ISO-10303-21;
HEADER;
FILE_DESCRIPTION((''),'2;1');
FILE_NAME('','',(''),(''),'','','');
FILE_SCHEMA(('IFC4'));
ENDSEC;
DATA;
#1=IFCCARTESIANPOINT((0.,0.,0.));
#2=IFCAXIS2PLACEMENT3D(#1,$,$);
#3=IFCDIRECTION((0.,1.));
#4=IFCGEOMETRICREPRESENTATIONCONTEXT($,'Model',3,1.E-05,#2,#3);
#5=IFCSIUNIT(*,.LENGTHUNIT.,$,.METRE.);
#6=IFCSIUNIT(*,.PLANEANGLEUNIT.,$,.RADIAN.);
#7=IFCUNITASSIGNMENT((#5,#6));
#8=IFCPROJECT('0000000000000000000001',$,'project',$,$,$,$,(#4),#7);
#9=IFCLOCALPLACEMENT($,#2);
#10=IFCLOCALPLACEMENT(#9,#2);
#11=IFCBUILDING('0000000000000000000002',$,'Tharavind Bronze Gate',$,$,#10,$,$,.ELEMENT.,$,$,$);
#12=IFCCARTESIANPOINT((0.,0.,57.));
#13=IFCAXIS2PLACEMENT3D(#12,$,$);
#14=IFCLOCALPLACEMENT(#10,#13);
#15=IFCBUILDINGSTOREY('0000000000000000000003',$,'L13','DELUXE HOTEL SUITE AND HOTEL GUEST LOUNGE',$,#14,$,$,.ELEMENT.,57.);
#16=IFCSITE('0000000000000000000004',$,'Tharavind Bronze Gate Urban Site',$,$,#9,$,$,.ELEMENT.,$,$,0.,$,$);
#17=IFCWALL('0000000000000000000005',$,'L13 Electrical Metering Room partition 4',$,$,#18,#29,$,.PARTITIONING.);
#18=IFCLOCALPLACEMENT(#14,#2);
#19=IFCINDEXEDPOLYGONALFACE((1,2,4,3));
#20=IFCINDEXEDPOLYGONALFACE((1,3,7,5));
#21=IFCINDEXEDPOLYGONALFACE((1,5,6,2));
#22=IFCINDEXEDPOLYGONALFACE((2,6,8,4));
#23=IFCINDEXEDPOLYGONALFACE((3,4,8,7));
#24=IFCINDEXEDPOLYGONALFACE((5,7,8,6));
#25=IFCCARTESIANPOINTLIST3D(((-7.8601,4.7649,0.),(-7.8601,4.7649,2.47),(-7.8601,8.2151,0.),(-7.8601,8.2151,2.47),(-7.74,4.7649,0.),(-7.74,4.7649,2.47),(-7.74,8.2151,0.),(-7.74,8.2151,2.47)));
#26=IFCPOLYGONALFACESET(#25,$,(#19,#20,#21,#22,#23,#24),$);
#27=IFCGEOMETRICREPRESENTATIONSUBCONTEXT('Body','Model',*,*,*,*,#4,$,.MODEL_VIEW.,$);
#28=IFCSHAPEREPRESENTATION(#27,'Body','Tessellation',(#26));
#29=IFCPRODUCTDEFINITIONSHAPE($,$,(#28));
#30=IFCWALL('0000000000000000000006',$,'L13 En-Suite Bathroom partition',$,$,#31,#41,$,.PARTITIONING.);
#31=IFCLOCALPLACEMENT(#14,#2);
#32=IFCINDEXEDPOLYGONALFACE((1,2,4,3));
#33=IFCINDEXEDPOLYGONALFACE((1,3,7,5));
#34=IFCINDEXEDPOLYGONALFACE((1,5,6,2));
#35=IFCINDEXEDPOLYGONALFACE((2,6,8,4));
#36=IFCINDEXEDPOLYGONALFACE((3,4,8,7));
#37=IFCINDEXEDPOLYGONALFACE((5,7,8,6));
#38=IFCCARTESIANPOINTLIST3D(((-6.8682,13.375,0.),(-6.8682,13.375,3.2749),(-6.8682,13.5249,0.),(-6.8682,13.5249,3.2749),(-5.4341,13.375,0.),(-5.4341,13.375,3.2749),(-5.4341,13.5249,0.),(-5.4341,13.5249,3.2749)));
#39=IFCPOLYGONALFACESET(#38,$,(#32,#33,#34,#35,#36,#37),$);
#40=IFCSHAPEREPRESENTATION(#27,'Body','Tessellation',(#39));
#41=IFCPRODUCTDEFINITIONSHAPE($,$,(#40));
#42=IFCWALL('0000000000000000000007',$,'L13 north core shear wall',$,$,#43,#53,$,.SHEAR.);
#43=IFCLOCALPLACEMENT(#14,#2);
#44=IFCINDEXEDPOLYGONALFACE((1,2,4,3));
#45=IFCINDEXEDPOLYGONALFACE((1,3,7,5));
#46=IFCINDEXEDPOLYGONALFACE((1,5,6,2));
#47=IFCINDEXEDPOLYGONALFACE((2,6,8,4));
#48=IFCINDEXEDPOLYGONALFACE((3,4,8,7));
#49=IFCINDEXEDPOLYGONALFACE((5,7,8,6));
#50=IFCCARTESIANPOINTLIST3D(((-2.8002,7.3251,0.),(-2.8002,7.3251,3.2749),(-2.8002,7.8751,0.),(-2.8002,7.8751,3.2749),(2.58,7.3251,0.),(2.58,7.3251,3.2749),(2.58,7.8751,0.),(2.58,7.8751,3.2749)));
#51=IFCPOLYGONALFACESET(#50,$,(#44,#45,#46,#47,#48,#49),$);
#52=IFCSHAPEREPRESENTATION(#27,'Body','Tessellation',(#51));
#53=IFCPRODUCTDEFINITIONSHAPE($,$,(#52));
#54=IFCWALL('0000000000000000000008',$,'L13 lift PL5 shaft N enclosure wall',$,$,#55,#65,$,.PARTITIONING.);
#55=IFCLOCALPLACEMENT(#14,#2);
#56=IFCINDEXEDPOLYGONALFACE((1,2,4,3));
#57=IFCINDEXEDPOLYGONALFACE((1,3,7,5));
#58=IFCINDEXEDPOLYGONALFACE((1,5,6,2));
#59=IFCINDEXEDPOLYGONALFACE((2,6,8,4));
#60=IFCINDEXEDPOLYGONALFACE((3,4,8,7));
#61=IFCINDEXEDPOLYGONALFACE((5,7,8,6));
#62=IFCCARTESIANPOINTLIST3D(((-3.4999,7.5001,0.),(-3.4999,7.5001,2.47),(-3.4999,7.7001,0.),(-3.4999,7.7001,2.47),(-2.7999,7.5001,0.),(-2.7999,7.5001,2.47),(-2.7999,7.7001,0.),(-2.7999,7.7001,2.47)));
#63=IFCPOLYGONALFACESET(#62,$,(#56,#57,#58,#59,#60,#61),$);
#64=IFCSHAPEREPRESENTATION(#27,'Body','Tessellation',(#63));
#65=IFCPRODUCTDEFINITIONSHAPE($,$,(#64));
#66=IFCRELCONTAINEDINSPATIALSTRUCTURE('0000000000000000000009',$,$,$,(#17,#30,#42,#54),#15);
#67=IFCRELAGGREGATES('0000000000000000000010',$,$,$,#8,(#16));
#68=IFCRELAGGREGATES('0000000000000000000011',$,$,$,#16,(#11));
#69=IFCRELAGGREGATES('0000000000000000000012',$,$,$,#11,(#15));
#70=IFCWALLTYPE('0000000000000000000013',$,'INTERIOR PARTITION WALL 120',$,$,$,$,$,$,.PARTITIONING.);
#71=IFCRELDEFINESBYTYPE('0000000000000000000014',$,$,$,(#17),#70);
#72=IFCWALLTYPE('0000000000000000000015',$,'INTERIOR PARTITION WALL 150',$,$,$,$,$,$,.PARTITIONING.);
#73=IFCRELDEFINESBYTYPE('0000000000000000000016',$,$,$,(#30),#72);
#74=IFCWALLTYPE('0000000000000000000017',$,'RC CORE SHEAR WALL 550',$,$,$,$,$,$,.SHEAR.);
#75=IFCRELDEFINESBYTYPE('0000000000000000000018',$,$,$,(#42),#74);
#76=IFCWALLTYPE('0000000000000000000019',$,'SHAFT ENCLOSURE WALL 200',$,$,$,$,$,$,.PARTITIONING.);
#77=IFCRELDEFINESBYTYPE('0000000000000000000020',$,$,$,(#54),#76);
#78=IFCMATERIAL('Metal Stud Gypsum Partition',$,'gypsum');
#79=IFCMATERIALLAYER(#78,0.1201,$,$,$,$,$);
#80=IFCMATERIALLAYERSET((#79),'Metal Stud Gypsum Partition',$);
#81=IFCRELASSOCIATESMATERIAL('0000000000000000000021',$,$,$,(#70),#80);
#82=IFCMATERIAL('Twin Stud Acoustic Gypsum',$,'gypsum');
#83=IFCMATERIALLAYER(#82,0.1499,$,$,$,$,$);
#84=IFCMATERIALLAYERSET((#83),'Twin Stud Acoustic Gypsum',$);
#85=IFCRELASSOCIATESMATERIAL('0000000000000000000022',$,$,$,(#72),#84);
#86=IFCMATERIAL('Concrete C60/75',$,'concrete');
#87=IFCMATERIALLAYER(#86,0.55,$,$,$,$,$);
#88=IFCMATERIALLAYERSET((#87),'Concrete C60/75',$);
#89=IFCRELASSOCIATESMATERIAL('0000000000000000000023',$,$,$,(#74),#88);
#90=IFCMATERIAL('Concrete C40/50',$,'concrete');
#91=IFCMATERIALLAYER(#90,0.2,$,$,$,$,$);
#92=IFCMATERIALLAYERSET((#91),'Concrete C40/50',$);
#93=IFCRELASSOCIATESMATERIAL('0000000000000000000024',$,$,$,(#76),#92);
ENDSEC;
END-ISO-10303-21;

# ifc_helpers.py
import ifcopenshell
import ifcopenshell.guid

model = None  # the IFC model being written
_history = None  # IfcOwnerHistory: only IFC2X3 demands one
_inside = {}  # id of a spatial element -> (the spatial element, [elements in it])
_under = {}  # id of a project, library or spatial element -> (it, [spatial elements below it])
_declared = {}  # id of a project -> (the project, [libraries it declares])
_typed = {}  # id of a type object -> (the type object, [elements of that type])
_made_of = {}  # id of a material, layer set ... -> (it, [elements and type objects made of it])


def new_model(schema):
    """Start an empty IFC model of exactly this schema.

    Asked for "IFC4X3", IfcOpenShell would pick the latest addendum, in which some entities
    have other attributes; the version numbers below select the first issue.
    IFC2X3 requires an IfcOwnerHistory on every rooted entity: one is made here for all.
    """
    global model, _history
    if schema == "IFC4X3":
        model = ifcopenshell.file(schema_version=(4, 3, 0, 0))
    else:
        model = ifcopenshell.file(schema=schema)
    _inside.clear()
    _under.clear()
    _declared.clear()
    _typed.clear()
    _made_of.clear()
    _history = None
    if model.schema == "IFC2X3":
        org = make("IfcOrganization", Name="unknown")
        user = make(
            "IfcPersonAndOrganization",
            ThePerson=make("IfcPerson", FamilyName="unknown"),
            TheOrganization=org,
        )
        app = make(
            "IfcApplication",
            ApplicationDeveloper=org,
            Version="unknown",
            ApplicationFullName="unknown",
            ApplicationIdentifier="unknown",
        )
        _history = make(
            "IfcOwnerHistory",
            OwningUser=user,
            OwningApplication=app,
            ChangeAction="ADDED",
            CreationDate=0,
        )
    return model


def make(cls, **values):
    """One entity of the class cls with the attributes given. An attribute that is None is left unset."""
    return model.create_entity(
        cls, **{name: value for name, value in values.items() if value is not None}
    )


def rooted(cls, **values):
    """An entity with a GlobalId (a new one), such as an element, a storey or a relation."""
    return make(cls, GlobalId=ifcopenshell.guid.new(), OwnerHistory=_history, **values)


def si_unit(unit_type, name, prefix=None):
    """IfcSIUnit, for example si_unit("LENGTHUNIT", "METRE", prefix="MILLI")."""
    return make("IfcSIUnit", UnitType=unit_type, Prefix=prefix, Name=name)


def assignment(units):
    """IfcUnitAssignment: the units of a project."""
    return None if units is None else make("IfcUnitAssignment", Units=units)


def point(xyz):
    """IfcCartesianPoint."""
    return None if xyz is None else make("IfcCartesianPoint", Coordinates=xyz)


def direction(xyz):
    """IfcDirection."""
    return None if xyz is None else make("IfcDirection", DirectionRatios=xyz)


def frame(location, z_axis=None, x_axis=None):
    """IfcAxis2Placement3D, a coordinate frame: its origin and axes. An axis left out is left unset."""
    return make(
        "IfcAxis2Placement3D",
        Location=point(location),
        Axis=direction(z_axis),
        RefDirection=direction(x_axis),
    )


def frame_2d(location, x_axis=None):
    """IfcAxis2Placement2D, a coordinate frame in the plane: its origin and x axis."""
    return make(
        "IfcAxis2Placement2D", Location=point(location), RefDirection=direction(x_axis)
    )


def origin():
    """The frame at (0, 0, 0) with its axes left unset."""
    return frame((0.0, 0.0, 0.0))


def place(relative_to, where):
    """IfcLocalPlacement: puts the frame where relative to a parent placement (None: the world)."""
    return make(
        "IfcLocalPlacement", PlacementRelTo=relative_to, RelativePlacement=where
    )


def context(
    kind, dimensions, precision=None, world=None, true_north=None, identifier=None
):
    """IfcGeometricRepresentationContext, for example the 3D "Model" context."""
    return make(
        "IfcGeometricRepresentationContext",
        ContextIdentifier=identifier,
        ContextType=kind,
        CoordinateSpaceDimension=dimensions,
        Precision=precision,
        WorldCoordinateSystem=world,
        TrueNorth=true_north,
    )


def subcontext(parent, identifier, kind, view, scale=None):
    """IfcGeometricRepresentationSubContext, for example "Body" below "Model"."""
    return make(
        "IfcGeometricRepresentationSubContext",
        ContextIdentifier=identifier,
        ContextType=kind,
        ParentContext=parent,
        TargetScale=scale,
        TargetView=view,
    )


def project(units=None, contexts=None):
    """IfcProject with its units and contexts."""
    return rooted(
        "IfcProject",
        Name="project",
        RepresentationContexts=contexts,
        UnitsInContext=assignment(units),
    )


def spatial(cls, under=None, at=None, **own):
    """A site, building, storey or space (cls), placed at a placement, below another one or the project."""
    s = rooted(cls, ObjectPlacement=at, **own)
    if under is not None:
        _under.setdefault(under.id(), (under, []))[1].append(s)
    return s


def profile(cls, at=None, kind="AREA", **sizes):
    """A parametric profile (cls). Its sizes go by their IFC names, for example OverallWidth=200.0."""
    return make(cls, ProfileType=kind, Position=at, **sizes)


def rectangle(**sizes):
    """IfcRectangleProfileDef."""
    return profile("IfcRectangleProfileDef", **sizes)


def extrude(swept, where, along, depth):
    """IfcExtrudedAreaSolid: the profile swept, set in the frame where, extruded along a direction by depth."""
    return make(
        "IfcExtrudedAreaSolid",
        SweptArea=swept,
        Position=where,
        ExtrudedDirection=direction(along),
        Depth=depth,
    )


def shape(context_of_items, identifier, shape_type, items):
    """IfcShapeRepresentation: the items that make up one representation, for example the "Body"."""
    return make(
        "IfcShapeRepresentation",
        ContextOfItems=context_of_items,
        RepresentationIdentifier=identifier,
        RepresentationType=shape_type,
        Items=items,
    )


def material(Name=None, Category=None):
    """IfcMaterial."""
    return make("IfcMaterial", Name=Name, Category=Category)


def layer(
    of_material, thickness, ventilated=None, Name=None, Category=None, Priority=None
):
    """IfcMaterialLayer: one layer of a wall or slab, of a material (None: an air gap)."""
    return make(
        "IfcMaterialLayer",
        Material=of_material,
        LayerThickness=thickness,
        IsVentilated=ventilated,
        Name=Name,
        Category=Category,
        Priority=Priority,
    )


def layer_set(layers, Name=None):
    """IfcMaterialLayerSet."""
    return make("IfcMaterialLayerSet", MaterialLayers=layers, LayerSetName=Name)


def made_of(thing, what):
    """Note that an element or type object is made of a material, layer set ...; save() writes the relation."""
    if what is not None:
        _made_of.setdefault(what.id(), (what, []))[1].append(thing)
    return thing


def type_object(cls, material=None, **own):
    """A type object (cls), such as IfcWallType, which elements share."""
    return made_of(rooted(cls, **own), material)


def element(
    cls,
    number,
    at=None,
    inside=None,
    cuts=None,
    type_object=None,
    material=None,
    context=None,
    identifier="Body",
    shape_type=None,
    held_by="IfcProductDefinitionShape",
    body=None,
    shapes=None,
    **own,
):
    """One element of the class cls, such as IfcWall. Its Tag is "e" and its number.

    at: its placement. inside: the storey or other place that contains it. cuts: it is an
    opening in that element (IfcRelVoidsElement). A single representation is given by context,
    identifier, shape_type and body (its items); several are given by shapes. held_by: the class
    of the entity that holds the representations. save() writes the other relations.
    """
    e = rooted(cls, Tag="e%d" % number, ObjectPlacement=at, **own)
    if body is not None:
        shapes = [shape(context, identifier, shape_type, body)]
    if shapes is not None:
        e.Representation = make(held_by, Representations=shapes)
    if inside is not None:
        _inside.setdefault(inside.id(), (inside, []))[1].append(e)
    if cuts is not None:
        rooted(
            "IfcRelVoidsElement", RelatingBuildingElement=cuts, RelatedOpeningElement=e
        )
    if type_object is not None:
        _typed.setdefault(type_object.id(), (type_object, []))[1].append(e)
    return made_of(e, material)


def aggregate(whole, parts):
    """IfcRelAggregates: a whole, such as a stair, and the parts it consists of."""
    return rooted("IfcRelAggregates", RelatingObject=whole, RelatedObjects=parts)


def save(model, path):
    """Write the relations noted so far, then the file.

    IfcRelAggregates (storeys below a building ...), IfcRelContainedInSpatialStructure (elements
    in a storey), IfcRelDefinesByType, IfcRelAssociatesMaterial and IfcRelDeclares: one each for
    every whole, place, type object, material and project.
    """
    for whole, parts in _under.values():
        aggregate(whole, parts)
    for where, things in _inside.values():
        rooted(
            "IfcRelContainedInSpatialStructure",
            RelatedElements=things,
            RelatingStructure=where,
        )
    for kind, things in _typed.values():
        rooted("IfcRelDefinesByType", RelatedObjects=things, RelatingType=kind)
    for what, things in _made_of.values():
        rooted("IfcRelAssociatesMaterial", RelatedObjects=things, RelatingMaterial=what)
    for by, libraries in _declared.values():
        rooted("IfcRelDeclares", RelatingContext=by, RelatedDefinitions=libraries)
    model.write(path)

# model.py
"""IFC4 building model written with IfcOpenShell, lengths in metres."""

from ifc_helpers import new_model, si_unit, direction, frame, frame_2d, origin, place, context, subcontext, project, spatial, rectangle, extrude, material, layer, layer_set, type_object, element, save


model = new_model("IFC4")

# Units and contexts
model_context = context("Model", 3, precision=1e-05, world=origin(), true_north=direction((0.0, 1.0)))
body_context = subcontext(model_context, "Body", "Model", "MODEL_VIEW")
ifc_project = project(units=[si_unit("LENGTHUNIT", "METRE"), si_unit("PLANEANGLEUNIT", "RADIAN")], contexts=[model_context])

# Site, building, storey
site_placement = place(None, origin())
site = spatial("IfcSite", under=ifc_project, at=site_placement, Name="Tharavind Bronze Gate Urban Site", CompositionType="ELEMENT", RefElevation=0.0)
building_placement = place(site_placement, origin())
building = spatial("IfcBuilding", under=site, at=building_placement, Name="Tharavind Bronze Gate", CompositionType="ELEMENT")
storey_placement = place(building_placement, frame((0.0, 0.0, 57.0)))
storey = spatial("IfcBuildingStorey", under=building, at=storey_placement, Name="L13", Description="DELUXE HOTEL SUITE AND HOTEL GUEST LOUNGE", CompositionType="ELEMENT", Elevation=57.0)

# Walls
ifc_material_1 = material(Name="Metal Stud Gypsum Partition", Category="gypsum")
ifc_layer_1 = layer(ifc_material_1, 0.1201)
ifc_layer_set_1 = layer_set([ifc_layer_1], Name="Metal Stud Gypsum Partition")
wall_type_1 = type_object("IfcWallType", Name="INTERIOR PARTITION WALL 120", PredefinedType="PARTITIONING", material=ifc_layer_set_1)
wall_1_placement = place(storey_placement, frame((-7.8, 8.2151, 0.0), z_axis=(0.0, 0.0, 1.0), x_axis=(0.0, -1.0, 0.0)))
element("IfcWall", 1, at=wall_1_placement, inside=storey, type_object=wall_type_1, Name="L13 Electrical Metering Room partition 4", PredefinedType="PARTITIONING", context=body_context, shape_type="SweptSolid", body=[
    extrude(rectangle(XDim=3.4502, YDim=0.1201, at=frame_2d((1.7251, 0.0))), origin(), (0.0, 0.0, 1.0), 2.47),
])
ifc_material_2 = material(Name="Twin Stud Acoustic Gypsum", Category="gypsum")
ifc_layer_2 = layer(ifc_material_2, 0.1499)
ifc_layer_set_2 = layer_set([ifc_layer_2], Name="Twin Stud Acoustic Gypsum")
wall_type_2 = type_object("IfcWallType", Name="INTERIOR PARTITION WALL 150", PredefinedType="PARTITIONING", material=ifc_layer_set_2)
wall_2_placement = place(storey_placement, frame((-6.8682, 13.45, 0.0), z_axis=(0.0, 0.0, 1.0), x_axis=(1.0, 0.0, 0.0)))
element("IfcWall", 2, at=wall_2_placement, inside=storey, type_object=wall_type_2, Name="L13 En-Suite Bathroom partition", PredefinedType="PARTITIONING", context=body_context, shape_type="SweptSolid", body=[
    extrude(rectangle(XDim=1.4341, YDim=0.1499, at=frame_2d((0.717, 0.0))), origin(), (0.0, 0.0, 1.0), 3.2749),
])
ifc_material_3 = material(Name="Concrete C60/75", Category="concrete")
ifc_layer_3 = layer(ifc_material_3, 0.55)
ifc_layer_set_3 = layer_set([ifc_layer_3], Name="Concrete C60/75")
wall_type_3 = type_object("IfcWallType", Name="RC CORE SHEAR WALL 550", PredefinedType="SHEAR", material=ifc_layer_set_3)
wall_3_placement = place(storey_placement, frame((-2.8, 7.6001, 0.0), z_axis=(0.0, 0.0, 1.0), x_axis=(1.0, 0.0, 0.0)))
element("IfcWall", 3, at=wall_3_placement, inside=storey, type_object=wall_type_3, Name="L13 north core shear wall", PredefinedType="SHEAR", context=body_context, shape_type="SweptSolid", body=[
    extrude(rectangle(XDim=5.3801, YDim=0.55, at=frame_2d((2.6899, 0.0))), origin(), (0.0, 0.0, 1.0), 3.2749),
])
ifc_material_4 = material(Name="Concrete C40/50", Category="concrete")
ifc_layer_4 = layer(ifc_material_4, 0.2)
ifc_layer_set_4 = layer_set([ifc_layer_4], Name="Concrete C40/50")
wall_type_4 = type_object("IfcWallType", Name="SHAFT ENCLOSURE WALL 200", PredefinedType="PARTITIONING", material=ifc_layer_set_4)
wall_4_placement = place(storey_placement, frame((-3.5, 7.6001, 0.0), z_axis=(0.0, 0.0, 1.0), x_axis=(1.0, 0.0, 0.0)))
element("IfcWall", 4, at=wall_4_placement, inside=storey, type_object=wall_type_4, Name="L13 lift PL5 shaft N enclosure wall", PredefinedType="PARTITIONING", context=body_context, shape_type="SweptSolid", body=[
    extrude(rectangle(XDim=0.7, YDim=0.2, at=frame_2d((0.3501, 0.0))), origin(), (0.0, 0.0, 1.0), 2.47),
])

save(model, "model.ifc")
